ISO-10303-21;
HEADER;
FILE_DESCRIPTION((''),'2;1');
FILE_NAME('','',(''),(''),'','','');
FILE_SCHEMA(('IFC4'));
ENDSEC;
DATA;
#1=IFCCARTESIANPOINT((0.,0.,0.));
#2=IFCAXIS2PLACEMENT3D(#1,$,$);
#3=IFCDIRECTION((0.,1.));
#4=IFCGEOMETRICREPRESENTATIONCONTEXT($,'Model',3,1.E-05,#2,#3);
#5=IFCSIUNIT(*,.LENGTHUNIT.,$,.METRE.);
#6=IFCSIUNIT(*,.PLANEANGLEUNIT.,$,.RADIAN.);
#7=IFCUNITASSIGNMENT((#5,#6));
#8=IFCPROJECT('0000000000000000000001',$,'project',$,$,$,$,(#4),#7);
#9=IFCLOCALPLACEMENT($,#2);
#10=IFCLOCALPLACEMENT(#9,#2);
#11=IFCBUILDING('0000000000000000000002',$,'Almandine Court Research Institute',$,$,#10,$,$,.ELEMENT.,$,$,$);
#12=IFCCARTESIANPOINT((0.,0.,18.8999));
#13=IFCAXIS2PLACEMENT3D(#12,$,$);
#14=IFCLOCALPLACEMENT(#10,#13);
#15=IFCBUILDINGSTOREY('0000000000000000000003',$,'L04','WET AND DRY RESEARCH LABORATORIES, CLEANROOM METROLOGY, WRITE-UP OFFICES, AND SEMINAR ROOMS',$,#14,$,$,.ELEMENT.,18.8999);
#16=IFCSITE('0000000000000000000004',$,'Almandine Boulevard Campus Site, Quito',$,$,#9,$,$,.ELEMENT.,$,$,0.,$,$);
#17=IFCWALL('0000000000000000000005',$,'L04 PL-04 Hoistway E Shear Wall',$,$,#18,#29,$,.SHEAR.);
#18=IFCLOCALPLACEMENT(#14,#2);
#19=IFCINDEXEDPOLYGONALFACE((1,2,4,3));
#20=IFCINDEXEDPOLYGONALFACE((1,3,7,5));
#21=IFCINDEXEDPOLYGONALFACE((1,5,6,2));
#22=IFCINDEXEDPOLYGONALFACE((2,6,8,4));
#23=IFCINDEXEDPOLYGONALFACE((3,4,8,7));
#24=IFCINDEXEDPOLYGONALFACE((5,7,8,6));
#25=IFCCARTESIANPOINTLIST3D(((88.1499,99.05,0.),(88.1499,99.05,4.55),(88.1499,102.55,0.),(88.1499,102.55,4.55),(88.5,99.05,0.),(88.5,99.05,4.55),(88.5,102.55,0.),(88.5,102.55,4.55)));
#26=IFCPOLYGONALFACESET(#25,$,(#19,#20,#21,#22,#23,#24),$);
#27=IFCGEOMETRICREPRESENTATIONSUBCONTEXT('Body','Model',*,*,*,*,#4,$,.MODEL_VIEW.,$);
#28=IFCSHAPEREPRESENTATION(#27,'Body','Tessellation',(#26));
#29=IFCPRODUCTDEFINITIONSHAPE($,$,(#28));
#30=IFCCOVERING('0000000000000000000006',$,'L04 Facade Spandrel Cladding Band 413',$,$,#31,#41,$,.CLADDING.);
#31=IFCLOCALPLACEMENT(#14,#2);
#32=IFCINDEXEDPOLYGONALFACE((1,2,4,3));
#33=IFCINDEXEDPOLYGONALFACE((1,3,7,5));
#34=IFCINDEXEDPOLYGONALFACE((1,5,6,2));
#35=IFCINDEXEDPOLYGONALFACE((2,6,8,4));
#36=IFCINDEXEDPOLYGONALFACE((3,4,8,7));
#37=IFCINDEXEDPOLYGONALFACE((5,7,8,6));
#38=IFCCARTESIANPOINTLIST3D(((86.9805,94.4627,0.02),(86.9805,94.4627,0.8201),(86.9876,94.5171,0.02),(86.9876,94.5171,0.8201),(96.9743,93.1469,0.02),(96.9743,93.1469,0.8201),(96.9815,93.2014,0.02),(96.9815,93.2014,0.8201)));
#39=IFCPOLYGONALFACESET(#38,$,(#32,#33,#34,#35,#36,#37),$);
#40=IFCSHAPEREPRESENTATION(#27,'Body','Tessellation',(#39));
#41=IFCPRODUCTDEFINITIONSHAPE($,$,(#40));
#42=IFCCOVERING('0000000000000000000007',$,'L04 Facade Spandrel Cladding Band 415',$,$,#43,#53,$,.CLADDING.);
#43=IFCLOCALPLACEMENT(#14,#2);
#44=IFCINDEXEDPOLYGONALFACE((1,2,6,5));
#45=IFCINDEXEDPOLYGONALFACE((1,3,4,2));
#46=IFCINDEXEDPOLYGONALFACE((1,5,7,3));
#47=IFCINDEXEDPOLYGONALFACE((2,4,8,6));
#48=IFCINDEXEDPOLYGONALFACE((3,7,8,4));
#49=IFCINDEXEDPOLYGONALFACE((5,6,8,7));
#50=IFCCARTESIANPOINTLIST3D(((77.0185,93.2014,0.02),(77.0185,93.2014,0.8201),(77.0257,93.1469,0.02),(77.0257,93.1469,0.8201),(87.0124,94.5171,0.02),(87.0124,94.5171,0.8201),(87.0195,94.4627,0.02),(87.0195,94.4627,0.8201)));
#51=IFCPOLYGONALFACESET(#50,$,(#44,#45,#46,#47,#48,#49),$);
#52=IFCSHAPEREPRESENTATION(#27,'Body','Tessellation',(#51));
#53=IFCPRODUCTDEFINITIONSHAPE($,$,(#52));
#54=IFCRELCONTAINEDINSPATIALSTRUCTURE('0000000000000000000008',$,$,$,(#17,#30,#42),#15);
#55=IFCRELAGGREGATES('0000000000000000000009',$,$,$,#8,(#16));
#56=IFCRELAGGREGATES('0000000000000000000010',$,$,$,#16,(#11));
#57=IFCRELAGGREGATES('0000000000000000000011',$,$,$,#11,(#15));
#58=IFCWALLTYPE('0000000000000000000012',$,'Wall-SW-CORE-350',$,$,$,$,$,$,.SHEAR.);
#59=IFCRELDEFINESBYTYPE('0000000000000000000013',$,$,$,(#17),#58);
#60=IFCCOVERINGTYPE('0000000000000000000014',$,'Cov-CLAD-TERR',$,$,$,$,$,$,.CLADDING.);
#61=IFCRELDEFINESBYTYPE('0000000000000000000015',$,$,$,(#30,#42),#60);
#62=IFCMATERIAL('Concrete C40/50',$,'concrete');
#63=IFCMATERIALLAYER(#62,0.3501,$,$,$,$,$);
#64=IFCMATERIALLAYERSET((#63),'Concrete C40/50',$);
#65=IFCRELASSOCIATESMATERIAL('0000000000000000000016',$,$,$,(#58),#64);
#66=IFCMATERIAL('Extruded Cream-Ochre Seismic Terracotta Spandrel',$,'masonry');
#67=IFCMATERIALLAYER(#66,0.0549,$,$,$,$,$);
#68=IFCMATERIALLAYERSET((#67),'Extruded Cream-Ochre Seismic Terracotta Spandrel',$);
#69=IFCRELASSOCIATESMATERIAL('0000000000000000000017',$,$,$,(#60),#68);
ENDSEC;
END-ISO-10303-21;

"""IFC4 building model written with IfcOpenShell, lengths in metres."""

from ifc_helpers import new_model, si_unit, direction, frame, frame_2d, origin, origin_2d, place, context, subcontext, project, spatial, rectangle, extrude, material, layer, layer_set, type_object, element, save


model = new_model("IFC4")

# Units and contexts
model_context = context("Model", 3, precision=1e-05, world=origin(), true_north=direction((0.0, 1.0)))
body_context = subcontext(model_context, "Body", "Model", "MODEL_VIEW")
ifc_project = project(units=[si_unit("LENGTHUNIT", "METRE"), si_unit("PLANEANGLEUNIT", "RADIAN")], contexts=[model_context])

# Site, building, storey
site_placement = place(None, origin())
site = spatial("IfcSite", under=ifc_project, at=site_placement, Name="Almandine Boulevard Campus Site, Quito", CompositionType="ELEMENT", RefElevation=0.0)
building_placement = place(site_placement, origin())
building = spatial("IfcBuilding", under=site, at=building_placement, Name="Almandine Court Research Institute", CompositionType="ELEMENT")
storey_placement = place(building_placement, frame((0.0, 0.0, 18.8999)))
storey = spatial("IfcBuildingStorey", under=building, at=storey_placement, Name="L04", Description="WET AND DRY RESEARCH LABORATORIES, CLEANROOM METROLOGY, WRITE-UP OFFICES, AND SEMINAR ROOMS", CompositionType="ELEMENT", Elevation=18.8999)

# Wall
ifc_material_1 = material(Name="Concrete C40/50", Category="concrete")
ifc_layer_1 = layer(ifc_material_1, 0.3501)
ifc_layer_set_1 = layer_set([ifc_layer_1], Name="Concrete C40/50")
wall_type_1 = type_object("IfcWallType", Name="Wall-SW-CORE-350", PredefinedType="SHEAR", material=ifc_layer_set_1)
wall_1_placement = place(storey_placement, frame((88.325, 102.55, 0.0), z_axis=(0.0, 0.0, 1.0), x_axis=(0.0, -1.0, 0.0)))
element("IfcWall", 1, at=wall_1_placement, inside=storey, type_object=wall_type_1, Name="L04 PL-04 Hoistway E Shear Wall", PredefinedType="SHEAR", context=body_context, shape_type="SweptSolid", body=[
    extrude(rectangle(XDim=3.5, YDim=0.3501, at=frame_2d((1.75, 0.0))), origin(), (0.0, 0.0, 1.0), 4.55),
])

# Coverings
ifc_material_2 = material(Name="Extruded Cream-Ochre Seismic Terracotta Spandrel", Category="masonry")
ifc_layer_2 = layer(ifc_material_2, 0.0549)
ifc_layer_set_2 = layer_set([ifc_layer_2], Name="Extruded Cream-Ochre Seismic Terracotta Spandrel")
covering_type = type_object("IfcCoveringType", Name="Cov-CLAD-TERR", PredefinedType="CLADDING", material=ifc_layer_set_2)
for number, where, z_axis, x_axis, name in (
    (2, (91.981, 93.832, 0.02), (0.0, 0.0, 1.0), (-0.991445, 0.130526, 0.0), "L04 Facade Spandrel Cladding Band 413"),
    (3, (82.019, 93.832, 0.02), (0.0, 0.0, 1.0), (-0.991445, -0.130526, 0.0), "L04 Facade Spandrel Cladding Band 415"),
):
    element("IfcCovering", number, at=place(storey_placement, frame(where, z_axis=z_axis, x_axis=x_axis)), inside=storey, type_object=covering_type, Name=name, PredefinedType="CLADDING", context=body_context, shape_type="SweptSolid", body=[
        extrude(rectangle(XDim=10.0801, YDim=0.0549, at=origin_2d()), origin(), (0.0, 0.0, 1.0), 0.8),
    ])

save(model, "model.ifc")
